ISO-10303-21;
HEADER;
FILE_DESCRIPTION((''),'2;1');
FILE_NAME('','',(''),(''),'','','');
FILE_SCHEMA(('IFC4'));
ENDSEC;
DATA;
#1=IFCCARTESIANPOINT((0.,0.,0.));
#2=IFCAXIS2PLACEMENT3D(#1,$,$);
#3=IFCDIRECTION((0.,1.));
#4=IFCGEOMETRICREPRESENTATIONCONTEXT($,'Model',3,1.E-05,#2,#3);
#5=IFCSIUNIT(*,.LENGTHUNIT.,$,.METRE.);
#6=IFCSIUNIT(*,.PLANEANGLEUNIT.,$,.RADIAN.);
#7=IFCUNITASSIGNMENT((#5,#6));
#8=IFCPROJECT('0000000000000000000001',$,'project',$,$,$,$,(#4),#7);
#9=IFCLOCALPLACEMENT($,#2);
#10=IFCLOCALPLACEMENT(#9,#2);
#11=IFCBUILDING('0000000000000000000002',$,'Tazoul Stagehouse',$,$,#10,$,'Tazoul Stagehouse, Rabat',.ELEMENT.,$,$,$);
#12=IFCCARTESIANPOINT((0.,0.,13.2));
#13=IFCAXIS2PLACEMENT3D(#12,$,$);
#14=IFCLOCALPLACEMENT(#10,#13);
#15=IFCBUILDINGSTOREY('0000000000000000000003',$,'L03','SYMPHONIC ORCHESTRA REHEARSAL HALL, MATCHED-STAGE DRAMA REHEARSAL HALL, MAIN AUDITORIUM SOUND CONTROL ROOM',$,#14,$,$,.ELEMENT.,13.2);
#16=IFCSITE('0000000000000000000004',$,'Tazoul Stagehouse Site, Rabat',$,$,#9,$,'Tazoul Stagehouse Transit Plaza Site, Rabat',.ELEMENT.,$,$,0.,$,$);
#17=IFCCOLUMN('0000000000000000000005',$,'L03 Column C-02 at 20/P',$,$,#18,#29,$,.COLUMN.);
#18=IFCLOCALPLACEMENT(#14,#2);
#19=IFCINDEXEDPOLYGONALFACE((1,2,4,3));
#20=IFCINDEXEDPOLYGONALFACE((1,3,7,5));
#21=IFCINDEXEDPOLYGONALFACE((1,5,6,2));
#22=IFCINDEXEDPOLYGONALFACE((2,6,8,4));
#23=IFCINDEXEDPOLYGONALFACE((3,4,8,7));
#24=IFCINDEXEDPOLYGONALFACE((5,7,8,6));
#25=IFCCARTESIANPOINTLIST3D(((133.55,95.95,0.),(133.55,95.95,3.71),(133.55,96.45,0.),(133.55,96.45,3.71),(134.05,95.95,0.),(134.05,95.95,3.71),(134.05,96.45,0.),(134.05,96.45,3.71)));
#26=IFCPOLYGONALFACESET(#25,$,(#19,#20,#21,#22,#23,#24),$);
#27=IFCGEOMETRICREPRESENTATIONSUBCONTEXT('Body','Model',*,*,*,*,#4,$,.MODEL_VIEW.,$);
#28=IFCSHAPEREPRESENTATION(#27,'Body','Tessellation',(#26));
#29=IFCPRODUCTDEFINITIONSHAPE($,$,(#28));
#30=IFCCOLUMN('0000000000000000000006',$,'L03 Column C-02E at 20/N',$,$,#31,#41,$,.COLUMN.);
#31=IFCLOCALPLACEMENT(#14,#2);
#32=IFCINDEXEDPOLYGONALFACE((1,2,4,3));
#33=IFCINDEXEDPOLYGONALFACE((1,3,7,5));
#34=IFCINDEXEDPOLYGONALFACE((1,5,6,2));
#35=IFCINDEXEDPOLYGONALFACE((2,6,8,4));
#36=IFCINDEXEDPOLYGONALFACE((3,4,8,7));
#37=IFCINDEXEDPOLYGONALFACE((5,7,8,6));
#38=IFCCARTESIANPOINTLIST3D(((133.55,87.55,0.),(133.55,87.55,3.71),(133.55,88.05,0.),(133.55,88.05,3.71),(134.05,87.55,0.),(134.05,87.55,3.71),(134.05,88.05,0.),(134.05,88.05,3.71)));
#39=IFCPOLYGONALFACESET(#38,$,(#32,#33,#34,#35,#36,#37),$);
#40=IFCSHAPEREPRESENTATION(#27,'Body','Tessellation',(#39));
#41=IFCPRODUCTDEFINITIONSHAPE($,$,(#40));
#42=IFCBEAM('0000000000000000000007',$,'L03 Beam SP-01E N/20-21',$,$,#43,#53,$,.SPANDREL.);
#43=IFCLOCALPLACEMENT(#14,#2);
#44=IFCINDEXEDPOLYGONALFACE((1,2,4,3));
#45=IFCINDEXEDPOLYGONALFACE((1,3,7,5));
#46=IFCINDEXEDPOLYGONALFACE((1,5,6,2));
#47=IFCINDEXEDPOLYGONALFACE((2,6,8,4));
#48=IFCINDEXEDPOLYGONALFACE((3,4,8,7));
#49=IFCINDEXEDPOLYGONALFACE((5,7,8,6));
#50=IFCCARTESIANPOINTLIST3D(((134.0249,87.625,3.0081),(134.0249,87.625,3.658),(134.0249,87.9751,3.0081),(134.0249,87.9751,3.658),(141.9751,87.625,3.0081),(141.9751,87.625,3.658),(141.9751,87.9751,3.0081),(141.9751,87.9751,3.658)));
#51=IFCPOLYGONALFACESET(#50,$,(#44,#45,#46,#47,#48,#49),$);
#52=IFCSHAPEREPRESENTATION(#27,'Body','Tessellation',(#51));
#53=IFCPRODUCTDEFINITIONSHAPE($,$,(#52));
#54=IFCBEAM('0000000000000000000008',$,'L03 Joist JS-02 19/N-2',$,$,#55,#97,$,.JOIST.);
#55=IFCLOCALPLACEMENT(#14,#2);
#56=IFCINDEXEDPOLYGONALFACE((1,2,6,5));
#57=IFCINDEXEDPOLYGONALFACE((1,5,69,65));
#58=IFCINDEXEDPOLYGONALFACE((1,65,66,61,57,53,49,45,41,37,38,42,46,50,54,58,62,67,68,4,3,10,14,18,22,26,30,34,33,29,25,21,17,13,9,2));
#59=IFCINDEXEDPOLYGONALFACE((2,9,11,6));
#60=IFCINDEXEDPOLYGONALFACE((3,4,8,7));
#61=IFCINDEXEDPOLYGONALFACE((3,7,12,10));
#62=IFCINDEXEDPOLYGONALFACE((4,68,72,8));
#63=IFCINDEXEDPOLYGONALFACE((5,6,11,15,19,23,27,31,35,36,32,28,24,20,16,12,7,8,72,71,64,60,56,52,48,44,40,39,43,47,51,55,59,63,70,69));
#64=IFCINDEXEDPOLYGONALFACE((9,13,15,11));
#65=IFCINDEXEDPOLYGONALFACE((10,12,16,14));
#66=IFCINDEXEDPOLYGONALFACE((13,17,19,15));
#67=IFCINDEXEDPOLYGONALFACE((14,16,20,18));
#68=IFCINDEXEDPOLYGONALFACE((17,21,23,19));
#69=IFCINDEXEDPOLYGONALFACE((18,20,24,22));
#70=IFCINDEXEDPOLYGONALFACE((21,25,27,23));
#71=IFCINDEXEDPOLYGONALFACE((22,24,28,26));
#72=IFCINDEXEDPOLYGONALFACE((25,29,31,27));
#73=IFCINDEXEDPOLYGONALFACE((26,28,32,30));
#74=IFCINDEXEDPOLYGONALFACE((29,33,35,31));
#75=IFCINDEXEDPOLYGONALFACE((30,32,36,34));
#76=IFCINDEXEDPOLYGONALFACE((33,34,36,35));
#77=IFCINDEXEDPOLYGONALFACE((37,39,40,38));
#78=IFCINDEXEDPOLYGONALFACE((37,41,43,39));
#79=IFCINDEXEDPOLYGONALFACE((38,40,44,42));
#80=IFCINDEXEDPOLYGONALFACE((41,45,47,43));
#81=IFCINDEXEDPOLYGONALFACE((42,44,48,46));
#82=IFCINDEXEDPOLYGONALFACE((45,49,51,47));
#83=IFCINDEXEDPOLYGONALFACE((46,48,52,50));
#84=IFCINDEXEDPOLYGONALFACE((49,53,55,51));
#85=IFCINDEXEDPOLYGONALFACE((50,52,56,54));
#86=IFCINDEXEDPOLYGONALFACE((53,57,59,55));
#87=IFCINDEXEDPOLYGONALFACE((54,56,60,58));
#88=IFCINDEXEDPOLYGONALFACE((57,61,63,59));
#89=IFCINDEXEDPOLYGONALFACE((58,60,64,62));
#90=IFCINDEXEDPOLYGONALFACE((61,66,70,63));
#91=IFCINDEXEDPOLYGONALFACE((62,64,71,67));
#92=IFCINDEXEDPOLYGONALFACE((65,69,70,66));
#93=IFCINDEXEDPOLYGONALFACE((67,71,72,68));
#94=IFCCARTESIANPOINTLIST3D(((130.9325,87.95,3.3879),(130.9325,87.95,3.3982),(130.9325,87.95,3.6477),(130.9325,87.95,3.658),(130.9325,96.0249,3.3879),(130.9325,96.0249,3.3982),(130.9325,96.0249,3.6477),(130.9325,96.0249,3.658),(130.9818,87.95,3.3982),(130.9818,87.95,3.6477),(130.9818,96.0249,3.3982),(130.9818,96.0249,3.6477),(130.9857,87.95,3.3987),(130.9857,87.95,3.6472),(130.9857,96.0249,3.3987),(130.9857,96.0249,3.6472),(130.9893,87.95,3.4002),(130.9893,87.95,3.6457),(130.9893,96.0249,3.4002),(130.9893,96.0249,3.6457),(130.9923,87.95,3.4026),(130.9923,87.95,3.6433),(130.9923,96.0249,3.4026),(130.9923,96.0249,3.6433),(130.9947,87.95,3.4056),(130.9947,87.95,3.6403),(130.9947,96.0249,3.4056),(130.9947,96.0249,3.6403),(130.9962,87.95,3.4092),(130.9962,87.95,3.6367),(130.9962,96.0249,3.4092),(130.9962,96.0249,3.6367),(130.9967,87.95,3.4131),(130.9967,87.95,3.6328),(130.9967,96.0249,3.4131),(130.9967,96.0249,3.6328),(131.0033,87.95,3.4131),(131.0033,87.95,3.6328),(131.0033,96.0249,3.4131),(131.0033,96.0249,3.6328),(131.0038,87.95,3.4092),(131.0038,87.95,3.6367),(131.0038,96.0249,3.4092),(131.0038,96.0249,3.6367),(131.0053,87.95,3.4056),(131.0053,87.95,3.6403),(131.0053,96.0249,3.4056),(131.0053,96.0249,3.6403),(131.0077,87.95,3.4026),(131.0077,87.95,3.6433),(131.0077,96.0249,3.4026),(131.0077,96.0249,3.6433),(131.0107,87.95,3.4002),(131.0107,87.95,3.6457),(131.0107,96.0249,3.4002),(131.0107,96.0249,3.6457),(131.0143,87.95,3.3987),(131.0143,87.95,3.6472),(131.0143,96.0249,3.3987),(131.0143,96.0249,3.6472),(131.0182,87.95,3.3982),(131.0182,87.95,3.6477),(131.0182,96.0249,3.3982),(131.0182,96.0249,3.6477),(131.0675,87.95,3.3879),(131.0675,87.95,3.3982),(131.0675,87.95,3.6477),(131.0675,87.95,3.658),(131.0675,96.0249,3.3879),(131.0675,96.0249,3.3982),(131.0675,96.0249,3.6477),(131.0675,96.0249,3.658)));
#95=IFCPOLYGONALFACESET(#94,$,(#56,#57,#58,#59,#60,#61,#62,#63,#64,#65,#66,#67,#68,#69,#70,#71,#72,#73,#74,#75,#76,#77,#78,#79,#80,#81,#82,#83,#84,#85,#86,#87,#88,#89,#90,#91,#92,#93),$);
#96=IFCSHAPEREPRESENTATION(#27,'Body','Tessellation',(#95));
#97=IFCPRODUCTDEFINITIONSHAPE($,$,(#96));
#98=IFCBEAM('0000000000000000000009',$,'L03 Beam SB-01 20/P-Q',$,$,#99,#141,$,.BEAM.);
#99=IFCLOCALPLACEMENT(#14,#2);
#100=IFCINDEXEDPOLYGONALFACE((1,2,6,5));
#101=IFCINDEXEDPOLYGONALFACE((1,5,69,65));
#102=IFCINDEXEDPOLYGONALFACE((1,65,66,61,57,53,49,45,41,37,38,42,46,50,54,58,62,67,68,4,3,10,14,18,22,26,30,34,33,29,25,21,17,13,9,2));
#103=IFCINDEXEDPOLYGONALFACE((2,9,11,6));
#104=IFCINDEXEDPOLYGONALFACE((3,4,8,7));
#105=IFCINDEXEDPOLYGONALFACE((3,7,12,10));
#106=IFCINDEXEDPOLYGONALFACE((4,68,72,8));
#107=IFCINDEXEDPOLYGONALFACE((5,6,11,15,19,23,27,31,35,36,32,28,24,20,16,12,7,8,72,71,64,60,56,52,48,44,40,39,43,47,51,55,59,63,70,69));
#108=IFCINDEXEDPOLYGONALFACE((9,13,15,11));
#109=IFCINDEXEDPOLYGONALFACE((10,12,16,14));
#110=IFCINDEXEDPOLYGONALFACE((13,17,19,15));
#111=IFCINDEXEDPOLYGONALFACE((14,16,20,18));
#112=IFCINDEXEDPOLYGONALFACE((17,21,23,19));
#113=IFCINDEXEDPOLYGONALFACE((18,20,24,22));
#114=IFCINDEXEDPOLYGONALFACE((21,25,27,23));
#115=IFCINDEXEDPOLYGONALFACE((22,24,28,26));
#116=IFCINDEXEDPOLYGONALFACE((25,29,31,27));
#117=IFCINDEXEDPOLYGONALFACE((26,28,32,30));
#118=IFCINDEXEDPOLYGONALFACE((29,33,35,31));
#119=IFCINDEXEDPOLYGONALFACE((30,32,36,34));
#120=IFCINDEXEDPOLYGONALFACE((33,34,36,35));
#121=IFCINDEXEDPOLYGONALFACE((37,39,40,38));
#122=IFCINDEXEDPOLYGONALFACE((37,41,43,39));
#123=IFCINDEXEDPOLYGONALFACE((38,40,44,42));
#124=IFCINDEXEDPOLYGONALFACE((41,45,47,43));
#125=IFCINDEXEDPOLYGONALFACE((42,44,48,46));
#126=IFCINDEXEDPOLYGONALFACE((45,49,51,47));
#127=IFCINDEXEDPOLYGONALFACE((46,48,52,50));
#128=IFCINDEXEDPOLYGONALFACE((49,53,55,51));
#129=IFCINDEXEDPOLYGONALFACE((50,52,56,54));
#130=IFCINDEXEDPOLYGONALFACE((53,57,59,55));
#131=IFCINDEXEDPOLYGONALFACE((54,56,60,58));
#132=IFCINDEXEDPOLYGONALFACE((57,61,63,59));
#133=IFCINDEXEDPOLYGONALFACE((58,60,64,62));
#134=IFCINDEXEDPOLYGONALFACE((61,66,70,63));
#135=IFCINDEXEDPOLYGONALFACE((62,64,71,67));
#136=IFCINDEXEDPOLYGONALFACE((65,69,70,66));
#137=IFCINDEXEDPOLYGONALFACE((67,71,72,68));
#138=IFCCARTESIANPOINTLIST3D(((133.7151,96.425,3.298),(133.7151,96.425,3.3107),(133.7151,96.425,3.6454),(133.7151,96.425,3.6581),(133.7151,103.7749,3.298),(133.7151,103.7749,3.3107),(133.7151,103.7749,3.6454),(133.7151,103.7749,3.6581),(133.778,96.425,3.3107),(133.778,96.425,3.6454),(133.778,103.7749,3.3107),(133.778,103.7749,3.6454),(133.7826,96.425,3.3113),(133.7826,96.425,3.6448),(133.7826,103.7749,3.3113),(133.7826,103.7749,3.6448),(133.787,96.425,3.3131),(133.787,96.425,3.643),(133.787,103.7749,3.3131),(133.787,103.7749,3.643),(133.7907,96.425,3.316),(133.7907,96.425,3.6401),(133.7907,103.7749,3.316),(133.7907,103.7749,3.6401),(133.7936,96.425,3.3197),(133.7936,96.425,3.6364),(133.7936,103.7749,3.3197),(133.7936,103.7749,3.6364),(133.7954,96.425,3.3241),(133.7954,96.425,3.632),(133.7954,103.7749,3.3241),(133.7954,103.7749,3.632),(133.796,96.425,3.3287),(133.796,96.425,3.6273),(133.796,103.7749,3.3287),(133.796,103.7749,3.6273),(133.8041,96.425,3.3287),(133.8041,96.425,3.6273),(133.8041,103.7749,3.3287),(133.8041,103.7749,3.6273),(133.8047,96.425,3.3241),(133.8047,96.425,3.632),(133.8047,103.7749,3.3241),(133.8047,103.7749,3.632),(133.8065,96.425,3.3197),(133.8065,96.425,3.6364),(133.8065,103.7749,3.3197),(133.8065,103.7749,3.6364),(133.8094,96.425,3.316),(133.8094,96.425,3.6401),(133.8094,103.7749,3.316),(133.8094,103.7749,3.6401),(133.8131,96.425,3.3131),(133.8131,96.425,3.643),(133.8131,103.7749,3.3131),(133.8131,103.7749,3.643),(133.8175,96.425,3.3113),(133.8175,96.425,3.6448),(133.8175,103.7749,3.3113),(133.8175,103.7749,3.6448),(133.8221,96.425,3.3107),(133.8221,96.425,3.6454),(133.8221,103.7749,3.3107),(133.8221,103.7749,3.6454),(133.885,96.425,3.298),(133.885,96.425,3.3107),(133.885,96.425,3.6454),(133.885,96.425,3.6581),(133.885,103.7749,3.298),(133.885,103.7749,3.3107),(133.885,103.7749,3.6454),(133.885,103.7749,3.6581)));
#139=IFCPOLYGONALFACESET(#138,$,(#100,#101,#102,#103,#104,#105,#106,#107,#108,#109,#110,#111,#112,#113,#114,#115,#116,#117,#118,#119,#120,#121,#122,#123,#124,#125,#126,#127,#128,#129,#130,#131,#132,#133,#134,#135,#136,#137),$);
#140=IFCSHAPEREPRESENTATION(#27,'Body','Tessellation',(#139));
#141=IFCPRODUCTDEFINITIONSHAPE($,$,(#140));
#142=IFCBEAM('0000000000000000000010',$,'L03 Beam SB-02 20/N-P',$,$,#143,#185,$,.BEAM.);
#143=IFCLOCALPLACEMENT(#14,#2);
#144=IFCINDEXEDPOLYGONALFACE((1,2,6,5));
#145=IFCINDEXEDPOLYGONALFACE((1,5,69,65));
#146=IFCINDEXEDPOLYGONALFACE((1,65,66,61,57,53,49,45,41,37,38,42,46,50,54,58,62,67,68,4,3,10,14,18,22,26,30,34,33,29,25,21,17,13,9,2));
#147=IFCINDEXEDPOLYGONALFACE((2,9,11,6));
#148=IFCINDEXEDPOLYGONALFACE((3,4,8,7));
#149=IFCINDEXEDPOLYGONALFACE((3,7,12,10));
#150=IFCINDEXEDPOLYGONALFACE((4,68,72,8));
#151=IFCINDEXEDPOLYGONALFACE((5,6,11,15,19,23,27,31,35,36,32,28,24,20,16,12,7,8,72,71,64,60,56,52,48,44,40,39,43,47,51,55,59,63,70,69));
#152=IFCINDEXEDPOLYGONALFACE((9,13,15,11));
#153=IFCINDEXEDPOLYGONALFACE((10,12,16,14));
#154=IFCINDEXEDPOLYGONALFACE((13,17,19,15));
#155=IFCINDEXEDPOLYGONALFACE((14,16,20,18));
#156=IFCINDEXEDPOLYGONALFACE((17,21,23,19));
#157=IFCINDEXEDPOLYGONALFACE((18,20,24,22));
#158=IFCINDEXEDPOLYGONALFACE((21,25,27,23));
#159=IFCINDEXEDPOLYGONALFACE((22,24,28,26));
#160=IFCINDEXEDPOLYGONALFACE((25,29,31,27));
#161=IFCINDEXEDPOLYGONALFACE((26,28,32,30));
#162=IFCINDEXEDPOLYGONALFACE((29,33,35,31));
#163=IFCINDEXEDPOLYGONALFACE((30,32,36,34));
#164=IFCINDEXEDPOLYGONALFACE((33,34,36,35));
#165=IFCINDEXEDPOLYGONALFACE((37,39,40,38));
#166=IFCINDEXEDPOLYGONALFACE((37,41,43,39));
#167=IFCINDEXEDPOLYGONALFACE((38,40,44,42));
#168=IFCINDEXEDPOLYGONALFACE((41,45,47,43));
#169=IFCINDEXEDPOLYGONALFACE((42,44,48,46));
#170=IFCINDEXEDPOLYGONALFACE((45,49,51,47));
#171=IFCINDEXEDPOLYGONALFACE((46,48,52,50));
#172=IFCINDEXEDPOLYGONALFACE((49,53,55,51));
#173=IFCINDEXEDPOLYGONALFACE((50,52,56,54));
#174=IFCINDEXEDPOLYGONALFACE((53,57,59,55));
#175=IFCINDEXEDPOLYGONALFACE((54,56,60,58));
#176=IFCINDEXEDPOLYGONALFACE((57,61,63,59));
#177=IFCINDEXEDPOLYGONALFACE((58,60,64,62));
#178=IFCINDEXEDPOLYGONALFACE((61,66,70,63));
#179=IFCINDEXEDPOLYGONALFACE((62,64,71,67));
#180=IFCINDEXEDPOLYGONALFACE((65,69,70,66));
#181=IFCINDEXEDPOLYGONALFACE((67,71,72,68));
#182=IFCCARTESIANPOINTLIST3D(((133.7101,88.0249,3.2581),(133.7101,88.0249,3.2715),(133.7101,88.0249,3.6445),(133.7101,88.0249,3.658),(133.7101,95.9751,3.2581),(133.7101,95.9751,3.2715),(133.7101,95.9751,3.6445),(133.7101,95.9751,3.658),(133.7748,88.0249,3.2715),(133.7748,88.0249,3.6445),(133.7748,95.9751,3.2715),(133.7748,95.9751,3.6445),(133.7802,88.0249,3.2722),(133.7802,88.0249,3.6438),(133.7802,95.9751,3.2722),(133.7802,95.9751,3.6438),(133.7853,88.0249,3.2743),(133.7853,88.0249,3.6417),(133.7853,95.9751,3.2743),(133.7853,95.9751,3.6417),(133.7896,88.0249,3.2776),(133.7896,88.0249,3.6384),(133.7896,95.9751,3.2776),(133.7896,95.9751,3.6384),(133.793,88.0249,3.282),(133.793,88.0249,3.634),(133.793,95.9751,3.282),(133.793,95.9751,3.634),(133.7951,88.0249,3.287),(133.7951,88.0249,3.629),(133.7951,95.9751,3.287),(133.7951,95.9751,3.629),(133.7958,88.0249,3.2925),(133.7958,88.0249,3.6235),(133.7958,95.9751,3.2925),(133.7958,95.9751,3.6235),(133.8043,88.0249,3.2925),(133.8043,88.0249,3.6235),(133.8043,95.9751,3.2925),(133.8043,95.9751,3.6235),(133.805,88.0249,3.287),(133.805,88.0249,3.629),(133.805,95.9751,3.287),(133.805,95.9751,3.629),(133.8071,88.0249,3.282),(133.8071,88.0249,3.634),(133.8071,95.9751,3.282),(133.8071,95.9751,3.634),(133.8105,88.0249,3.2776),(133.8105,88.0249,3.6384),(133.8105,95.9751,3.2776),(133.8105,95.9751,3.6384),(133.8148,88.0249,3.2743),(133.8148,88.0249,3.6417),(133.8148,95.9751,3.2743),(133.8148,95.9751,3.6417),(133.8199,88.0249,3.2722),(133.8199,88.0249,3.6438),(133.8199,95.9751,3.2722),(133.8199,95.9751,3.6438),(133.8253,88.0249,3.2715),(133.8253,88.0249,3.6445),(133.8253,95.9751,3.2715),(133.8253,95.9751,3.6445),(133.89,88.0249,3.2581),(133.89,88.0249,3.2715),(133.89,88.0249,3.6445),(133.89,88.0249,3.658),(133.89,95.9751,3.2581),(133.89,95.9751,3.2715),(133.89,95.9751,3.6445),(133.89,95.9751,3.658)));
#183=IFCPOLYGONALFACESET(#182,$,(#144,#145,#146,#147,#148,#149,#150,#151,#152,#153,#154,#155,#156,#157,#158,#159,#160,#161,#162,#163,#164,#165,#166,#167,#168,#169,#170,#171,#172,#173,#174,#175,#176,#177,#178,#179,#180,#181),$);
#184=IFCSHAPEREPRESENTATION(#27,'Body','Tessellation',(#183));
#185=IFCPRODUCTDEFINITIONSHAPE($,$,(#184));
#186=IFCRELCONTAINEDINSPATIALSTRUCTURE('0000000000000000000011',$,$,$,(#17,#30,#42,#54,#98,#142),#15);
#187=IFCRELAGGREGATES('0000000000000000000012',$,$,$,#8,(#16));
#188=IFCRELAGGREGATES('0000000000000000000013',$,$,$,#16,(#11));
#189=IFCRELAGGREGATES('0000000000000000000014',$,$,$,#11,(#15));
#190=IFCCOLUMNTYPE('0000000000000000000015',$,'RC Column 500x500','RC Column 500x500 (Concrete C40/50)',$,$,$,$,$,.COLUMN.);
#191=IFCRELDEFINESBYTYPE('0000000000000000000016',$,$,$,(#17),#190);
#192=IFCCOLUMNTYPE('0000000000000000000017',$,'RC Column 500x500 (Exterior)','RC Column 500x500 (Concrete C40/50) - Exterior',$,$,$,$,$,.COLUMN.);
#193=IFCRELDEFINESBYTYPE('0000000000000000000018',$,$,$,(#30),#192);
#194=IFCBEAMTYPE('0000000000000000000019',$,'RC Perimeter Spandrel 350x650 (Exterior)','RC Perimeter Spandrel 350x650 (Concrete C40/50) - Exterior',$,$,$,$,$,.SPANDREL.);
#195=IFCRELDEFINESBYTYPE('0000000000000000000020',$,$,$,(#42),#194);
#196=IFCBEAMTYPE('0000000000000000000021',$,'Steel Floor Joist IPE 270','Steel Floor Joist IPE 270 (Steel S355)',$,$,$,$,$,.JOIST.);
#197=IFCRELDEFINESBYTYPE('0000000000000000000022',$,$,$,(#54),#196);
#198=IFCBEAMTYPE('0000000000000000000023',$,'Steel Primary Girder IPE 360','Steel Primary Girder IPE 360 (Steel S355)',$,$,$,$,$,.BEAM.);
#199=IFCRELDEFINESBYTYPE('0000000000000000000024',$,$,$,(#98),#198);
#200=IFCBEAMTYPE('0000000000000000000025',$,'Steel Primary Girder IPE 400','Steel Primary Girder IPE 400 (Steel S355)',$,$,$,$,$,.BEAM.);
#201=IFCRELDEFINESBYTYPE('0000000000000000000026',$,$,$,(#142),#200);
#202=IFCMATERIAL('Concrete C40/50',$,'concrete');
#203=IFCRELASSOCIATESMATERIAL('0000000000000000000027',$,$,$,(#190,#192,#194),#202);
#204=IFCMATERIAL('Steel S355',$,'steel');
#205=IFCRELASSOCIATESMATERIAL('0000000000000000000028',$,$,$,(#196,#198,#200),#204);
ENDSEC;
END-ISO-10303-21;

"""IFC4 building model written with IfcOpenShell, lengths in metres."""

from ifc_helpers import new_model, si_unit, direction, frame, origin, origin_2d, place, context, subcontext, project, spatial, rectangle, i_section, extrude, material, material_profile, profile_set, type_object, element, save


model = new_model("IFC4")

# Units and contexts
model_context = context("Model", 3, precision=1e-05, world=origin(), true_north=direction((0.0, 1.0)))
body_context = subcontext(model_context, "Body", "Model", "MODEL_VIEW")
ifc_project = project(units=[si_unit("LENGTHUNIT", "METRE"), si_unit("PLANEANGLEUNIT", "RADIAN")], contexts=[model_context])

# Site, building, storey
site_placement = place(None, origin())
site = spatial("IfcSite", under=ifc_project, at=site_placement, Name="Tazoul Stagehouse Site, Rabat", LongName="Tazoul Stagehouse Transit Plaza Site, Rabat", CompositionType="ELEMENT", RefElevation=0.0)
building_placement = place(site_placement, origin())
building = spatial("IfcBuilding", under=site, at=building_placement, Name="Tazoul Stagehouse", LongName="Tazoul Stagehouse, Rabat", CompositionType="ELEMENT")
storey_placement = place(building_placement, frame((0.0, 0.0, 13.2)))
storey = spatial("IfcBuildingStorey", under=building, at=storey_placement, Name="L03", Description="SYMPHONIC ORCHESTRA REHEARSAL HALL, MATCHED-STAGE DRAMA REHEARSAL HALL, MAIN AUDITORIUM SOUND CONTROL ROOM", CompositionType="ELEMENT", Elevation=13.2)

# Columns
ifc_material_1 = material(Name="Concrete C40/50", Category="concrete")
ifc_material_profile_1 = material_profile(ifc_material_1, rectangle(XDim=0.5, YDim=0.5, at=origin_2d()), Name="RC 500x500")
ifc_profile_set_1 = profile_set([ifc_material_profile_1], Name="Concrete C40/50")
column_type_1 = type_object("IfcColumnType", Name="RC Column 500x500", Description="RC Column 500x500 (Concrete C40/50)", PredefinedType="COLUMN", material=ifc_profile_set_1)
column_1_placement = place(storey_placement, frame((133.8, 96.2, 0.0), z_axis=(0.0, 0.0, 1.0), x_axis=(1.0, 0.0, 0.0)))
element("IfcColumn", 1, at=column_1_placement, inside=storey, type_object=column_type_1, Name="L03 Column C-02 at 20/P", PredefinedType="COLUMN", context=body_context, shape_type="SweptSolid", body=[
    extrude(rectangle(XDim=0.5, YDim=0.5, at=origin_2d()), origin(), (0.0, 0.0, 1.0), 3.71),
])
ifc_material_profile_2 = material_profile(ifc_material_1, rectangle(XDim=0.5, YDim=0.5, at=origin_2d()), Name="RC 500x500")
ifc_profile_set_2 = profile_set([ifc_material_profile_2], Name="Concrete C40/50")
column_type_2 = type_object("IfcColumnType", Name="RC Column 500x500 (Exterior)", Description="RC Column 500x500 (Concrete C40/50) - Exterior", PredefinedType="COLUMN", material=ifc_profile_set_2)
column_2_placement = place(storey_placement, frame((133.8, 87.8, 0.0), z_axis=(0.0, 0.0, 1.0), x_axis=(1.0, 0.0, 0.0)))
element("IfcColumn", 2, at=column_2_placement, inside=storey, type_object=column_type_2, Name="L03 Column C-02E at 20/N", PredefinedType="COLUMN", context=body_context, shape_type="SweptSolid", body=[
    extrude(rectangle(XDim=0.5, YDim=0.5, at=origin_2d()), origin(), (0.0, 0.0, 1.0), 3.71),
])

# Beams
ifc_material_profile_3 = material_profile(ifc_material_1, rectangle(XDim=0.3501, YDim=0.6499, at=origin_2d()), Name="RC 350x650")
ifc_profile_set_3 = profile_set([ifc_material_profile_3], Name="Concrete C40/50")
beam_type_1 = type_object("IfcBeamType", Name="RC Perimeter Spandrel 350x650 (Exterior)", Description="RC Perimeter Spandrel 350x650 (Concrete C40/50) - Exterior", PredefinedType="SPANDREL", material=ifc_profile_set_3)
beam_1_placement = place(storey_placement, frame((134.0249, 87.8, 3.333), z_axis=(1.0, 0.0, 0.0), x_axis=(0.0, 1.0, 0.0)))
element("IfcBeam", 3, at=beam_1_placement, inside=storey, type_object=beam_type_1, Name="L03 Beam SP-01E N/20-21", PredefinedType="SPANDREL", context=body_context, shape_type="SweptSolid", body=[
    extrude(rectangle(XDim=0.3501, YDim=0.6499, at=origin_2d()), origin(), (0.0, 0.0, 1.0), 7.9502),
])
ifc_material_2 = material(Name="Steel S355", Category="steel")
ifc_material_profile_4 = material_profile(ifc_material_2, i_section(OverallWidth=0.135, OverallDepth=0.27, WebThickness=0.0066, FlangeThickness=0.0103, FilletRadius=0.0149, at=origin_2d()), Name="IPE 270")
ifc_profile_set_4 = profile_set([ifc_material_profile_4], Name="Steel S355")
beam_type_2 = type_object("IfcBeamType", Name="Steel Floor Joist IPE 270", Description="Steel Floor Joist IPE 270 (Steel S355)", PredefinedType="JOIST", material=ifc_profile_set_4)
beam_2_placement = place(storey_placement, frame((131.0, 87.95, 3.5229), z_axis=(0.0, 1.0, 0.0), x_axis=(-1.0, 0.0, 0.0)))
element("IfcBeam", 4, at=beam_2_placement, inside=storey, type_object=beam_type_2, Name="L03 Joist JS-02 19/N-2", PredefinedType="JOIST", context=body_context, shape_type="SweptSolid", body=[
    extrude(i_section(OverallWidth=0.135, OverallDepth=0.27, WebThickness=0.0066, FlangeThickness=0.0103, FilletRadius=0.0149, at=origin_2d()), origin(), (0.0, 0.0, 1.0), 8.075),
])
ifc_material_profile_5 = material_profile(ifc_material_2, i_section(OverallWidth=0.1699, OverallDepth=0.3601, WebThickness=0.0081, FlangeThickness=0.0127, FilletRadius=0.0181, at=origin_2d()), Name="IPE 360")
ifc_profile_set_5 = profile_set([ifc_material_profile_5], Name="Steel S355")
beam_type_3 = type_object("IfcBeamType", Name="Steel Primary Girder IPE 360", Description="Steel Primary Girder IPE 360 (Steel S355)", PredefinedType="BEAM", material=ifc_profile_set_5)
beam_3_placement = place(storey_placement, frame((133.8, 96.425, 3.478), z_axis=(0.0, 1.0, 0.0), x_axis=(-1.0, 0.0, 0.0)))
element("IfcBeam", 5, at=beam_3_placement, inside=storey, type_object=beam_type_3, Name="L03 Beam SB-01 20/P-Q", PredefinedType="BEAM", context=body_context, shape_type="SweptSolid", body=[
    extrude(i_section(OverallWidth=0.1699, OverallDepth=0.3601, WebThickness=0.0081, FlangeThickness=0.0127, FilletRadius=0.0181, at=origin_2d()), origin(), (0.0, 0.0, 1.0), 7.3499),
])
ifc_material_profile_6 = material_profile(ifc_material_2, i_section(OverallWidth=0.1799, OverallDepth=0.3999, WebThickness=0.0085, FlangeThickness=0.0134, FilletRadius=0.021, at=origin_2d()), Name="IPE 400")
ifc_profile_set_6 = profile_set([ifc_material_profile_6], Name="Steel S355")
beam_type_4 = type_object("IfcBeamType", Name="Steel Primary Girder IPE 400", Description="Steel Primary Girder IPE 400 (Steel S355)", PredefinedType="BEAM", material=ifc_profile_set_6)
beam_4_placement = place(storey_placement, frame((133.8, 88.0249, 3.458), z_axis=(0.0, 1.0, 0.0), x_axis=(-1.0, 0.0, 0.0)))
element("IfcBeam", 6, at=beam_4_placement, inside=storey, type_object=beam_type_4, Name="L03 Beam SB-02 20/N-P", PredefinedType="BEAM", context=body_context, shape_type="SweptSolid", body=[
    extrude(i_section(OverallWidth=0.1799, OverallDepth=0.3999, WebThickness=0.0085, FlangeThickness=0.0134, FilletRadius=0.021, at=origin_2d()), origin(), (0.0, 0.0, 1.0), 7.9502),
])

save(model, "model.ifc")
